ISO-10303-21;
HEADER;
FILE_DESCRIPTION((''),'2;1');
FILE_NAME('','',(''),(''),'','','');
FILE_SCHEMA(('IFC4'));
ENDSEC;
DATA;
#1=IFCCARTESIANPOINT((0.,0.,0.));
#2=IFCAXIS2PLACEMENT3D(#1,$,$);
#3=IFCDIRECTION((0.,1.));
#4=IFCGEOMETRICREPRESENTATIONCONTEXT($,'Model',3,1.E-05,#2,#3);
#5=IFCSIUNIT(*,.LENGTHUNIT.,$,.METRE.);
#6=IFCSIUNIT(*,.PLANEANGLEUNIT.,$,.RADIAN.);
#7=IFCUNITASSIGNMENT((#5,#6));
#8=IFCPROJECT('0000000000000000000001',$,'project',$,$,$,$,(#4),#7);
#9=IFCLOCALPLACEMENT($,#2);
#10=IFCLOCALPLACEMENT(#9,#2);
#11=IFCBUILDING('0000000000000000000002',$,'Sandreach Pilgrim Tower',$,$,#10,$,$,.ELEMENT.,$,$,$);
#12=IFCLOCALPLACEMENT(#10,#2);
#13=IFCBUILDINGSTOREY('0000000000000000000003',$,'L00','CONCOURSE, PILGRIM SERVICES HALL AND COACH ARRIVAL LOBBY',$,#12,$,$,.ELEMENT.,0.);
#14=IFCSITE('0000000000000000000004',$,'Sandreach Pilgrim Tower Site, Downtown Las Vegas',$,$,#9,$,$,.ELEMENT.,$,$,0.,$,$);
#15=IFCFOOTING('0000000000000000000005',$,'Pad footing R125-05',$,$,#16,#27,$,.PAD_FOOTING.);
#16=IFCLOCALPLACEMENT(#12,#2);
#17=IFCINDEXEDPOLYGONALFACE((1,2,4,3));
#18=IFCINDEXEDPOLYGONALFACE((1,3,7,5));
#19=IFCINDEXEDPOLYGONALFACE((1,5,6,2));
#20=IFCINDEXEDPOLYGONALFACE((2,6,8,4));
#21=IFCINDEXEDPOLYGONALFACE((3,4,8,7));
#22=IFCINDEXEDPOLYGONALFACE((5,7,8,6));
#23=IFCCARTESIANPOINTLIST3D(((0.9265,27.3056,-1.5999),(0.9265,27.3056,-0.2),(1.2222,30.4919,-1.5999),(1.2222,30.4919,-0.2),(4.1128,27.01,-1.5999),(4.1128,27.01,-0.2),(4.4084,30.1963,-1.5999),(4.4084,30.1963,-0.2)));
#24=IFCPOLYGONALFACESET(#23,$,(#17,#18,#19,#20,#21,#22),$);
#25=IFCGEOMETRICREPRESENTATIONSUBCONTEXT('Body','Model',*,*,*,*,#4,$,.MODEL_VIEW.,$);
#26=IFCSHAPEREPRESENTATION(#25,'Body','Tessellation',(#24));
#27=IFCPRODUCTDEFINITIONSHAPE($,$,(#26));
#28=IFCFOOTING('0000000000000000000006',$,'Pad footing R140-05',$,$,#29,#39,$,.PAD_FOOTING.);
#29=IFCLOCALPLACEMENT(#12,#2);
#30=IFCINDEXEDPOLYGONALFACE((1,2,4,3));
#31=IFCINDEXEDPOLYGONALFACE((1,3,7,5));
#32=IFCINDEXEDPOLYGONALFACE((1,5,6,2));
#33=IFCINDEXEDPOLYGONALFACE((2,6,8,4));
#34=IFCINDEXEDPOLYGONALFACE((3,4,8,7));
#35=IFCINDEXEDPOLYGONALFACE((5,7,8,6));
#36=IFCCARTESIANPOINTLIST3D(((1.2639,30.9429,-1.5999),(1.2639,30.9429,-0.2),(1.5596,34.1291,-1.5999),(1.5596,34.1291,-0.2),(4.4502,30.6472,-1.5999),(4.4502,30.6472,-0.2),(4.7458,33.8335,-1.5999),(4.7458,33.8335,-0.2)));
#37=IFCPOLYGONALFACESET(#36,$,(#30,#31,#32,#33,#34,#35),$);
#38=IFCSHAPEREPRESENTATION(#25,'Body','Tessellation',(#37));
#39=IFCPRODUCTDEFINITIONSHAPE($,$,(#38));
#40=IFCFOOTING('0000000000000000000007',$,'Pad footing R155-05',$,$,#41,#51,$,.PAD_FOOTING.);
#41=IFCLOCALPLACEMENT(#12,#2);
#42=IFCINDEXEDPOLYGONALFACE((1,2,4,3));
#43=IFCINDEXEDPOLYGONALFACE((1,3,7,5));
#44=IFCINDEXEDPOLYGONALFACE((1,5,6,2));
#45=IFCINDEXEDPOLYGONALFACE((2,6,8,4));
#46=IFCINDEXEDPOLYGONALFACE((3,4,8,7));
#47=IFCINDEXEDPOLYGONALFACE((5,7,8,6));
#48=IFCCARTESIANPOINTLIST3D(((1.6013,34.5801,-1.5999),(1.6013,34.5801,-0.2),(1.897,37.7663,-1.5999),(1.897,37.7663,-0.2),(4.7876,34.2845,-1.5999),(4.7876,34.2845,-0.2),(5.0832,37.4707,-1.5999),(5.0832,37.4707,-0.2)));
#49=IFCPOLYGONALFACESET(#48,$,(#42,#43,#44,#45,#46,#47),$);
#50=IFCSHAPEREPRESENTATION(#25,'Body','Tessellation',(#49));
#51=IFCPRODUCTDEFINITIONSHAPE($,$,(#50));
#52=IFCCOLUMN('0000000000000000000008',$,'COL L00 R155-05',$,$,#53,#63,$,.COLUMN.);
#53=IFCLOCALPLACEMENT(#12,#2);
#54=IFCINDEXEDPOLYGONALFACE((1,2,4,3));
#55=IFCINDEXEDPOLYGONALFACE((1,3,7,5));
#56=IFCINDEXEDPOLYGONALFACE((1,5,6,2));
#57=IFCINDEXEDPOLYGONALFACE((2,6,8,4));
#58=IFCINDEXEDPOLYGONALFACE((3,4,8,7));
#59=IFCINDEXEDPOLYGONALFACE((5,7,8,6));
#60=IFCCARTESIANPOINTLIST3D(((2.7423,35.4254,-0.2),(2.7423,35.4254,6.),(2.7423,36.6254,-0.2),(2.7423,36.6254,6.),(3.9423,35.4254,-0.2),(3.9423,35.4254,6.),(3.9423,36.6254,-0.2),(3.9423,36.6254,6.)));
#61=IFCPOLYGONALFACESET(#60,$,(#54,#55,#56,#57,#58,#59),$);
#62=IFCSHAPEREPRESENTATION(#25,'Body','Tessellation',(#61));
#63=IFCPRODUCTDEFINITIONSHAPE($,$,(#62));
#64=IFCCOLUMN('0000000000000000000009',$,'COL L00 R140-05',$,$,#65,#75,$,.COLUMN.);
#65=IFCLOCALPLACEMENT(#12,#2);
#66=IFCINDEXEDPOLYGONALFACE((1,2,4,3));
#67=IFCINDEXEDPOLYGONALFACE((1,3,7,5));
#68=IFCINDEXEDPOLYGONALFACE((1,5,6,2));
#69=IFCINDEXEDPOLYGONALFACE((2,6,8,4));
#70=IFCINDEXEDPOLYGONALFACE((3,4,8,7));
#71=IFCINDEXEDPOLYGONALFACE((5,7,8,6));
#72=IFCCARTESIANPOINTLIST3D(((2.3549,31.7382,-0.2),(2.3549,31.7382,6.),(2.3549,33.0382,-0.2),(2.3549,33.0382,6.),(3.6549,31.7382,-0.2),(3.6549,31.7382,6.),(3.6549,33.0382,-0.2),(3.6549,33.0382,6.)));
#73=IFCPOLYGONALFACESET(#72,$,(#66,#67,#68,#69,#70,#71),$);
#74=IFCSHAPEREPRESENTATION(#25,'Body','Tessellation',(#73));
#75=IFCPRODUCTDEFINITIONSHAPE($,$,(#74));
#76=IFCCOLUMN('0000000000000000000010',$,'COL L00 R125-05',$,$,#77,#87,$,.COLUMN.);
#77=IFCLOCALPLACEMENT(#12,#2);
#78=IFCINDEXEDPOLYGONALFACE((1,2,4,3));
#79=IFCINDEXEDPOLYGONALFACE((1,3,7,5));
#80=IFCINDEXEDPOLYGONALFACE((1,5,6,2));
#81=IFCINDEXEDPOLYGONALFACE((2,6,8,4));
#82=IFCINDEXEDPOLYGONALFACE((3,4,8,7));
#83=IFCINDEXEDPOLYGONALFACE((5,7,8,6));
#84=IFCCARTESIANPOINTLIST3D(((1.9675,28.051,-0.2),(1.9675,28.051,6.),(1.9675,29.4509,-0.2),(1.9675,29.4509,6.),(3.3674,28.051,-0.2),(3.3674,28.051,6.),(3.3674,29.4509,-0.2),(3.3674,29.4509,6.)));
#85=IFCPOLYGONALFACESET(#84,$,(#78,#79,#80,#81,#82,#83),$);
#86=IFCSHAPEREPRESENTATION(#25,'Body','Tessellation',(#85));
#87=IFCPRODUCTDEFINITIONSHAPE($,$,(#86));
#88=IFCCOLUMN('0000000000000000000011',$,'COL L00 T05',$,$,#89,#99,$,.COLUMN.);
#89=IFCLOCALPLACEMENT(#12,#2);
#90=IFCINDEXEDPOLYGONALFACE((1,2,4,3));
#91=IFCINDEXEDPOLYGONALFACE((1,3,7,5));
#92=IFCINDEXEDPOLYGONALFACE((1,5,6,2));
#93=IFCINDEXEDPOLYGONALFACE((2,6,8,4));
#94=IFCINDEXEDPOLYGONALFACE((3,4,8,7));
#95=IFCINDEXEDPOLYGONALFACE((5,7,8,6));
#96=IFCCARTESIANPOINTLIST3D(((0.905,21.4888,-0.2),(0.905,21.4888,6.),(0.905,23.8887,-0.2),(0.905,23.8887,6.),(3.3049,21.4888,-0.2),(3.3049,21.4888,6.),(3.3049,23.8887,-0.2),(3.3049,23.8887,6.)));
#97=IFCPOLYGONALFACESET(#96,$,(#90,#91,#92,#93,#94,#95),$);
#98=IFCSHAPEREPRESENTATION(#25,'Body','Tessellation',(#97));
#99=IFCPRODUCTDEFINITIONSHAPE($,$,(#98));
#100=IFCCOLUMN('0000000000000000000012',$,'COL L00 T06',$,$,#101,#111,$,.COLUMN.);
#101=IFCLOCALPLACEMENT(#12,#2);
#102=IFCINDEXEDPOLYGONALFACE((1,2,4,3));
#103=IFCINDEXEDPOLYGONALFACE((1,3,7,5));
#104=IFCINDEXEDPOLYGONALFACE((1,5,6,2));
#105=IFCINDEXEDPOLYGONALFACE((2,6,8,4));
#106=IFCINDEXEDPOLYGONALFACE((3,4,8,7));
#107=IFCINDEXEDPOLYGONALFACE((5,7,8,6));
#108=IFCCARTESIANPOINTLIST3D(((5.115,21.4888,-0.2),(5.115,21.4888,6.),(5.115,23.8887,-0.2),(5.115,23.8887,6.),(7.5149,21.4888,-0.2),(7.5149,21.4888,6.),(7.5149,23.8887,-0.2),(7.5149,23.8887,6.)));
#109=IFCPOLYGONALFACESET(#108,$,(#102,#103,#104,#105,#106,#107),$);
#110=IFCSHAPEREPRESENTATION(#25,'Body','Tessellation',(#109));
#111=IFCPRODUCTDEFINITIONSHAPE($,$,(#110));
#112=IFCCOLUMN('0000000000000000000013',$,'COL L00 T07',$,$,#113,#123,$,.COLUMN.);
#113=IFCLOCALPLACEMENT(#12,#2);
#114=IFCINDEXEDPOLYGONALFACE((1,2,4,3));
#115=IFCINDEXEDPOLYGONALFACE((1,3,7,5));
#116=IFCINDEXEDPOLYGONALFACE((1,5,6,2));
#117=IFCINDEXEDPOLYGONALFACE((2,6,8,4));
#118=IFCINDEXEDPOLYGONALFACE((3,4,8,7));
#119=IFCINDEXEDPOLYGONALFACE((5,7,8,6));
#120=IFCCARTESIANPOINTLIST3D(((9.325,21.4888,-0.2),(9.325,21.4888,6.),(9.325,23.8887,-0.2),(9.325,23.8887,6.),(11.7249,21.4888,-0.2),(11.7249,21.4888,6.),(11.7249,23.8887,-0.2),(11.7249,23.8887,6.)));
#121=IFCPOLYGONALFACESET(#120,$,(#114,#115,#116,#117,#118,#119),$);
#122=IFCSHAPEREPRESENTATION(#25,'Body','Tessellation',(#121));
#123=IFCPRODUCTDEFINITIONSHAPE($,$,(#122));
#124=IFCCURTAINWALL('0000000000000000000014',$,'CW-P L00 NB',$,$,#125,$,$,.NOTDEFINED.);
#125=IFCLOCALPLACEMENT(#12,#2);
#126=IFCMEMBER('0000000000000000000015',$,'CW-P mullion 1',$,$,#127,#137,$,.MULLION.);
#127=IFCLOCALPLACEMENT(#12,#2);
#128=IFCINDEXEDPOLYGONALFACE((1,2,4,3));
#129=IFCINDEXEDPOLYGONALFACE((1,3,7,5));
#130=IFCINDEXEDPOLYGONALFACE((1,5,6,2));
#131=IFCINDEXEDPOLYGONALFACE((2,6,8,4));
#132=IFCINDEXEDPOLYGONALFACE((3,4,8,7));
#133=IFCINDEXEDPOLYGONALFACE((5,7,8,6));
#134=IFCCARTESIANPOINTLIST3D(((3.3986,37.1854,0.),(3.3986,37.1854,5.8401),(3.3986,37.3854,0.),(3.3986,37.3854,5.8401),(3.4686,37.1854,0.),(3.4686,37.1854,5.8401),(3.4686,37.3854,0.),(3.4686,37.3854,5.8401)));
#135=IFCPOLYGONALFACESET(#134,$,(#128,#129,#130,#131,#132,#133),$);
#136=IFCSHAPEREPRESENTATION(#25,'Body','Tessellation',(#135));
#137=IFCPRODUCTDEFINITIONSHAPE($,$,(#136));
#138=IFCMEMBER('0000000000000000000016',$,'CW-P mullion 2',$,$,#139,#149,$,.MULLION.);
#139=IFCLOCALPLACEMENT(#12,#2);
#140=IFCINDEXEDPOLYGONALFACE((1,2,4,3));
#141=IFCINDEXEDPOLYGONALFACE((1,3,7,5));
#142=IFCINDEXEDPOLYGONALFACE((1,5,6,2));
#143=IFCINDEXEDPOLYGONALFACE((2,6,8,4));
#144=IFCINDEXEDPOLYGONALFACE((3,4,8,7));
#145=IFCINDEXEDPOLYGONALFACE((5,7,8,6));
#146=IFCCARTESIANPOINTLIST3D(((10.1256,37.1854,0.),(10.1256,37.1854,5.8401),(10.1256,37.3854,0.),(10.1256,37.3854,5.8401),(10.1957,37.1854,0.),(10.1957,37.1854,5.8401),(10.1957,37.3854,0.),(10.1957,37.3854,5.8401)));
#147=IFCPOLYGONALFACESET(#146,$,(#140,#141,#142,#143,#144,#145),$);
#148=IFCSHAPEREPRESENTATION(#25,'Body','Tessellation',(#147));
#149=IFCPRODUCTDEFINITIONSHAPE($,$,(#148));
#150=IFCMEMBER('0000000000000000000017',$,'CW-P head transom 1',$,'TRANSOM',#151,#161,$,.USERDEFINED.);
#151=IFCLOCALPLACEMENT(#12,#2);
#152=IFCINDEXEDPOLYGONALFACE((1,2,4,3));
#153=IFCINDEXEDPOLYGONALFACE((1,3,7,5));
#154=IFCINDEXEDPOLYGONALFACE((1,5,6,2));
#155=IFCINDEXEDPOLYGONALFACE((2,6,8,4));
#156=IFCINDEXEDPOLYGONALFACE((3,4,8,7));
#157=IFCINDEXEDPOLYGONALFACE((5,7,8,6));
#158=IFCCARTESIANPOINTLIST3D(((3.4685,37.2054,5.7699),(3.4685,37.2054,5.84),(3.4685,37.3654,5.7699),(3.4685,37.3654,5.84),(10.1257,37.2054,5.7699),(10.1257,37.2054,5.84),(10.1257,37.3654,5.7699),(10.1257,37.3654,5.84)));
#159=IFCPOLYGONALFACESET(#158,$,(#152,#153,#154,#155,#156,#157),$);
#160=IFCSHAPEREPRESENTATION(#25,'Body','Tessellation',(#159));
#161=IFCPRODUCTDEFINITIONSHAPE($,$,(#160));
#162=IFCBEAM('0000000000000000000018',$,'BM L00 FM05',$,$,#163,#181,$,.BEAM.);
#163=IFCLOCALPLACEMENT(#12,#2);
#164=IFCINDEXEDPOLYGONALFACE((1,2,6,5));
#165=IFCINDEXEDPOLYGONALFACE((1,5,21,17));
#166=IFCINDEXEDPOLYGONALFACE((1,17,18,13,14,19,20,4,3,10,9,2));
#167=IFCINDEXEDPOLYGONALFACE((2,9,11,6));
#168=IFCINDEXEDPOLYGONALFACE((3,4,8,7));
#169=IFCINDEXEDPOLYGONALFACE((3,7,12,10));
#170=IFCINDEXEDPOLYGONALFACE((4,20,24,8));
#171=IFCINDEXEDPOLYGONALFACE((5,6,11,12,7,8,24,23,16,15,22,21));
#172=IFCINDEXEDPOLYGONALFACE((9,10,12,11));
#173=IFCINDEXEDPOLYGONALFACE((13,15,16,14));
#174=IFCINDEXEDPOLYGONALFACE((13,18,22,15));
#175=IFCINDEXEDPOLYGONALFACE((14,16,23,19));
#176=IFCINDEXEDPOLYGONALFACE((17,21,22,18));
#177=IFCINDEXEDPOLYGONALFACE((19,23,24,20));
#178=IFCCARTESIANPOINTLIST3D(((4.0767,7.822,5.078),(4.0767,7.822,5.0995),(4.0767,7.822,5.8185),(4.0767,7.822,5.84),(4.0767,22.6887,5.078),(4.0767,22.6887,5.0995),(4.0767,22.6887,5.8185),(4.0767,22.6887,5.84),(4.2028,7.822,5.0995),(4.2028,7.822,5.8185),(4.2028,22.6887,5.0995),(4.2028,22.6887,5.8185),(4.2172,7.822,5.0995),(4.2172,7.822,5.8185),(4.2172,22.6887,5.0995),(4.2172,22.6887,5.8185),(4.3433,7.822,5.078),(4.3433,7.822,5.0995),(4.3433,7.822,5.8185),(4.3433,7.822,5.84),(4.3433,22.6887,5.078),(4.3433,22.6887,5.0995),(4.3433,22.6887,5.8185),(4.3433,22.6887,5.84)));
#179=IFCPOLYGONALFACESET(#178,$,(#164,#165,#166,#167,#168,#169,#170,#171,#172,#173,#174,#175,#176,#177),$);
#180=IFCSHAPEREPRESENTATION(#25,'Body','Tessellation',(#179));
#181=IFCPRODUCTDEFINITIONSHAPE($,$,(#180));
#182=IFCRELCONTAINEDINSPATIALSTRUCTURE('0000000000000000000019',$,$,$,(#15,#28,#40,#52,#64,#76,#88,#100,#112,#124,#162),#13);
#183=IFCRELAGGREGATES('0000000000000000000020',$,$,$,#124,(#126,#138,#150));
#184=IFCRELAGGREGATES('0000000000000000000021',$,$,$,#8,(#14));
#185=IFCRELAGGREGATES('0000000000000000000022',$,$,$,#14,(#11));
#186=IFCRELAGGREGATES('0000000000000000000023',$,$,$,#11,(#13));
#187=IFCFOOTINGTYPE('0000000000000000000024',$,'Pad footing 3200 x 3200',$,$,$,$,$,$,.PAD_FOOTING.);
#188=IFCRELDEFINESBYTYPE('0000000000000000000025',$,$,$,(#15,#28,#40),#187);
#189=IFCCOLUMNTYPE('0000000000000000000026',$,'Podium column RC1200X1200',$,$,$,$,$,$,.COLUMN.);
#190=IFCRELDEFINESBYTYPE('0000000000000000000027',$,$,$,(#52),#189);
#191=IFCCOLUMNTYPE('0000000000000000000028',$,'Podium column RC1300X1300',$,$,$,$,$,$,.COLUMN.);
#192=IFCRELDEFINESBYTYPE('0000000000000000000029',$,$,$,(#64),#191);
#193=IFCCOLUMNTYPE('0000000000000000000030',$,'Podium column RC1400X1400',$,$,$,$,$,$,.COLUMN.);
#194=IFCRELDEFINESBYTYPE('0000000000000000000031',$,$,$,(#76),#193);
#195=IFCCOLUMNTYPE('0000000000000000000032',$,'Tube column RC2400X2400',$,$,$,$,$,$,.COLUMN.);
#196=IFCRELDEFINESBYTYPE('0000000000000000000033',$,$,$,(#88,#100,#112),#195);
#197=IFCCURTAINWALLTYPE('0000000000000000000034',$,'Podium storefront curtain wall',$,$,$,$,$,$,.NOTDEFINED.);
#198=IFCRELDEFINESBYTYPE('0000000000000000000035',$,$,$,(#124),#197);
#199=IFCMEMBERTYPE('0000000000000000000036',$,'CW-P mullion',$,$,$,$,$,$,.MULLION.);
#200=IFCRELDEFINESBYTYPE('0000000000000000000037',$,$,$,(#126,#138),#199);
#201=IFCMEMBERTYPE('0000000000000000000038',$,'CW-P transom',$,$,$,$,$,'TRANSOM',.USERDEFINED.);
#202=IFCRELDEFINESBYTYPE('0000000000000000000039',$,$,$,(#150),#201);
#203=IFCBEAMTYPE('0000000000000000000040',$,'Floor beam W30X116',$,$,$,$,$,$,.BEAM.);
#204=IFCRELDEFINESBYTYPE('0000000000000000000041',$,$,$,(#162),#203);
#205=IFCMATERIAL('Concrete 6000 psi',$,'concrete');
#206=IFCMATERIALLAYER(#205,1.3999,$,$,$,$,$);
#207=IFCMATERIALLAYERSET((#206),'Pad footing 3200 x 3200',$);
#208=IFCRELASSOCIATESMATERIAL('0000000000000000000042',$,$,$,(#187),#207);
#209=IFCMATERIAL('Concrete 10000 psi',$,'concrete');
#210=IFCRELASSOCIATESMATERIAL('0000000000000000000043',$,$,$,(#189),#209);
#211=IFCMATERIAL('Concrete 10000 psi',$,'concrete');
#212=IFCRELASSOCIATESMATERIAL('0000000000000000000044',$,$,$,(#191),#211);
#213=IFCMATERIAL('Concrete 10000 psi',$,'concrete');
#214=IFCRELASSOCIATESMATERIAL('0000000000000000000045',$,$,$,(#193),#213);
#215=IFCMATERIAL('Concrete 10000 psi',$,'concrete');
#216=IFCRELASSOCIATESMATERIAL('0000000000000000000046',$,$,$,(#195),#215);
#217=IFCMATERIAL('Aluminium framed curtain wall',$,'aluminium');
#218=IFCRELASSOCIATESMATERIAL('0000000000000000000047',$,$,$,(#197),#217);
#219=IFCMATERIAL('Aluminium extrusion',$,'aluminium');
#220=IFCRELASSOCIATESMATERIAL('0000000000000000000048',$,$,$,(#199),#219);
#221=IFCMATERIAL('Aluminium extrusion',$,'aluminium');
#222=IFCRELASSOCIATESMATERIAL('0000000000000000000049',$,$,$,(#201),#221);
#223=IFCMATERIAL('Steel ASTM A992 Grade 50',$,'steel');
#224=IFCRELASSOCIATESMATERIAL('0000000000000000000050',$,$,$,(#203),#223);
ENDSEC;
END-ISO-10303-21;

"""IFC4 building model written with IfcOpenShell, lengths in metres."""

from ifc_helpers import new_model, si_unit, direction, frame, origin, origin_2d, place, context, subcontext, project, spatial, rectangle, i_section, extrude, material, layer, layer_set, material_profile, profile_set, type_object, element, aggregate, save


model = new_model("IFC4")

# Units and contexts
model_context = context("Model", 3, precision=1e-05, world=origin(), true_north=direction((0.0, 1.0)))
body_context = subcontext(model_context, "Body", "Model", "MODEL_VIEW")
ifc_project = project(units=[si_unit("LENGTHUNIT", "METRE"), si_unit("PLANEANGLEUNIT", "RADIAN")], contexts=[model_context])

# Site, building, storey
site_placement = place(None, origin())
site = spatial("IfcSite", under=ifc_project, at=site_placement, Name="Sandreach Pilgrim Tower Site, Downtown Las Vegas", CompositionType="ELEMENT", RefElevation=0.0)
building_placement = place(site_placement, origin())
building = spatial("IfcBuilding", under=site, at=building_placement, Name="Sandreach Pilgrim Tower", CompositionType="ELEMENT")
storey_placement = place(building_placement, origin())
storey = spatial("IfcBuildingStorey", under=building, at=storey_placement, Name="L00", Description="CONCOURSE, PILGRIM SERVICES HALL AND COACH ARRIVAL LOBBY", CompositionType="ELEMENT", Elevation=0.0)

# Footings
ifc_material_1 = material(Name="Concrete 6000 psi", Category="concrete")
ifc_layer_1 = layer(ifc_material_1, 1.3999)
ifc_layer_set_1 = layer_set([ifc_layer_1], Name="Pad footing 3200 x 3200")
footing_type = type_object("IfcFootingType", Name="Pad footing 3200 x 3200", PredefinedType="PAD_FOOTING", material=ifc_layer_set_1)
for number, where, z_axis, x_axis, name in (
    (1, (2.6675, 28.751, -1.5999), (0.0, 0.0, 1.0), (0.092379, 0.995724, 0.0), "Pad footing R125-05"),
    (2, (3.0049, 32.3882, -1.5999), (0.0, 0.0, 1.0), (0.092379, 0.995724, 0.0), "Pad footing R140-05"),
    (3, (3.3423, 36.0254, -1.5999), (0.0, 0.0, 1.0), (0.092379, 0.995724, 0.0), "Pad footing R155-05"),
):
    element("IfcFooting", number, at=place(storey_placement, frame(where, z_axis=z_axis, x_axis=x_axis)), inside=storey, type_object=footing_type, Name=name, PredefinedType="PAD_FOOTING", context=body_context, shape_type="SweptSolid", body=[
        extrude(rectangle(XDim=3.2, YDim=3.2, at=origin_2d()), origin(), (0.0, 0.0, 1.0), 1.3999),
    ])

# Columns
ifc_material_2 = material(Name="Concrete 10000 psi", Category="concrete")
ifc_material_profile_1 = material_profile(ifc_material_2, rectangle(XDim=1.2, YDim=1.2, at=origin_2d()), Name="RC1200X1200")
ifc_profile_set_1 = profile_set([ifc_material_profile_1], Name="Concrete 10000 psi")
column_type_1 = type_object("IfcColumnType", Name="Podium column RC1200X1200", PredefinedType="COLUMN", material=ifc_profile_set_1)
column_1_placement = place(storey_placement, frame((3.3423, 36.0254, -0.2), z_axis=(0.0, 0.0, 1.0), x_axis=(0.0, 1.0, 0.0)))
element("IfcColumn", 4, at=column_1_placement, inside=storey, type_object=column_type_1, Name="COL L00 R155-05", PredefinedType="COLUMN", context=body_context, shape_type="SweptSolid", body=[
    extrude(rectangle(XDim=1.2, YDim=1.2, at=origin_2d()), origin(), (0.0, 0.0, 1.0), 6.2),
])
ifc_material_3 = material(Name="Concrete 10000 psi", Category="concrete")
ifc_material_profile_2 = material_profile(ifc_material_3, rectangle(XDim=1.3, YDim=1.3, at=origin_2d()), Name="RC1300X1300")
ifc_profile_set_2 = profile_set([ifc_material_profile_2], Name="Concrete 10000 psi")
column_type_2 = type_object("IfcColumnType", Name="Podium column RC1300X1300", PredefinedType="COLUMN", material=ifc_profile_set_2)
column_2_placement = place(storey_placement, frame((3.0049, 32.3882, -0.2), z_axis=(0.0, 0.0, 1.0), x_axis=(0.0, 1.0, 0.0)))
element("IfcColumn", 5, at=column_2_placement, inside=storey, type_object=column_type_2, Name="COL L00 R140-05", PredefinedType="COLUMN", context=body_context, shape_type="SweptSolid", body=[
    extrude(rectangle(XDim=1.3, YDim=1.3, at=origin_2d()), origin(), (0.0, 0.0, 1.0), 6.2),
])
ifc_material_4 = material(Name="Concrete 10000 psi", Category="concrete")
ifc_material_profile_3 = material_profile(ifc_material_4, rectangle(XDim=1.3999, YDim=1.3999, at=origin_2d()), Name="RC1400X1400")
ifc_profile_set_3 = profile_set([ifc_material_profile_3], Name="Concrete 10000 psi")
column_type_3 = type_object("IfcColumnType", Name="Podium column RC1400X1400", PredefinedType="COLUMN", material=ifc_profile_set_3)
column_3_placement = place(storey_placement, frame((2.6675, 28.751, -0.2), z_axis=(0.0, 0.0, 1.0), x_axis=(0.0, 1.0, 0.0)))
element("IfcColumn", 6, at=column_3_placement, inside=storey, type_object=column_type_3, Name="COL L00 R125-05", PredefinedType="COLUMN", context=body_context, shape_type="SweptSolid", body=[
    extrude(rectangle(XDim=1.3999, YDim=1.3999, at=origin_2d()), origin(), (0.0, 0.0, 1.0), 6.2),
])
ifc_material_5 = material(Name="Concrete 10000 psi", Category="concrete")
ifc_material_profile_4 = material_profile(ifc_material_5, rectangle(XDim=2.3999, YDim=2.3999, at=origin_2d()), Name="RC2400X2400")
ifc_profile_set_4 = profile_set([ifc_material_profile_4], Name="Concrete 10000 psi")
column_type_4 = type_object("IfcColumnType", Name="Tube column RC2400X2400", PredefinedType="COLUMN", material=ifc_profile_set_4)
for number, where, z_axis, x_axis, name in (
    (7, (2.105, 22.6887, -0.2), (0.0, 0.0, 1.0), (0.0, 1.0, 0.0), "COL L00 T05"),
    (8, (6.3149, 22.6887, -0.2), (0.0, 0.0, 1.0), (0.0, 1.0, 0.0), "COL L00 T06"),
    (9, (10.5249, 22.6887, -0.2), (0.0, 0.0, 1.0), (0.0, 1.0, 0.0), "COL L00 T07"),
):
    element("IfcColumn", number, at=place(storey_placement, frame(where, z_axis=z_axis, x_axis=x_axis)), inside=storey, type_object=column_type_4, Name=name, PredefinedType="COLUMN", context=body_context, shape_type="SweptSolid", body=[
        extrude(rectangle(XDim=2.3999, YDim=2.3999, at=origin_2d()), origin(), (0.0, 0.0, 1.0), 6.2),
    ])

# Curtain wall, members
ifc_material_6 = material(Name="Aluminium framed curtain wall", Category="aluminium")
curtain_wall_type = type_object("IfcCurtainWallType", Name="Podium storefront curtain wall", PredefinedType="NOTDEFINED", material=ifc_material_6)
curtain_wall_placement = place(storey_placement, origin())
curtain_wall = element("IfcCurtainWall", 10, at=curtain_wall_placement, inside=storey, type_object=curtain_wall_type, Name="CW-P L00 NB", PredefinedType="NOTDEFINED")
ifc_material_7 = material(Name="Aluminium extrusion", Category="aluminium")
ifc_material_profile_5 = material_profile(ifc_material_7, rectangle(XDim=0.0701, YDim=0.2, at=origin_2d()), Name="CW-PM 70X200")
ifc_profile_set_5 = profile_set([ifc_material_profile_5], Name="Aluminium extrusion")
member_type_1 = type_object("IfcMemberType", Name="CW-P mullion", PredefinedType="MULLION", material=ifc_profile_set_5)
member_1_placement = place(storey_placement, frame((3.4336, 37.2854, 0.0), z_axis=(0.0, 0.0, 1.0), x_axis=(1.0, 0.0, 0.0)))
member_1 = element("IfcMember", 11, at=member_1_placement, type_object=member_type_1, Name="CW-P mullion 1", PredefinedType="MULLION", context=body_context, shape_type="SweptSolid", body=[
    extrude(rectangle(XDim=0.0701, YDim=0.2, at=origin_2d()), origin(), (0.0, 0.0, 1.0), 5.8401),
])
member_2_placement = place(storey_placement, frame((10.1606, 37.2854, 0.0), z_axis=(0.0, 0.0, 1.0), x_axis=(1.0, 0.0, 0.0)))
member_2 = element("IfcMember", 12, at=member_2_placement, type_object=member_type_1, Name="CW-P mullion 2", PredefinedType="MULLION", context=body_context, shape_type="SweptSolid", body=[
    extrude(rectangle(XDim=0.0701, YDim=0.2, at=origin_2d()), origin(), (0.0, 0.0, 1.0), 5.8401),
])
ifc_material_8 = material(Name="Aluminium extrusion", Category="aluminium")
ifc_material_profile_6 = material_profile(ifc_material_8, rectangle(XDim=0.1599, YDim=0.0701, at=origin_2d()), Name="CW-PT 160X70")
ifc_profile_set_6 = profile_set([ifc_material_profile_6], Name="Aluminium extrusion")
member_type_2 = type_object("IfcMemberType", Name="CW-P transom", ElementType="TRANSOM", PredefinedType="USERDEFINED", material=ifc_profile_set_6)
member_3_placement = place(storey_placement, frame((3.4685, 37.2854, 5.8049), z_axis=(1.0, 0.0, 0.0), x_axis=(0.0, 1.0, 0.0)))
member_3 = element("IfcMember", 13, at=member_3_placement, type_object=member_type_2, Name="CW-P head transom 1", ObjectType="TRANSOM", PredefinedType="USERDEFINED", context=body_context, shape_type="SweptSolid", body=[
    extrude(rectangle(XDim=0.1599, YDim=0.0701, at=origin_2d()), origin(), (0.0, 0.0, 1.0), 6.6572),
])

# Beam
ifc_material_9 = material(Name="Steel ASTM A992 Grade 50", Category="steel")
ifc_material_profile_7 = material_profile(ifc_material_9, i_section(OverallWidth=0.2666, OverallDepth=0.762, WebThickness=0.0144, FlangeThickness=0.0215, at=origin_2d()), Name="W30X116")
ifc_profile_set_7 = profile_set([ifc_material_profile_7], Name="Steel ASTM A992 Grade 50")
beam_type_1 = type_object("IfcBeamType", Name="Floor beam W30X116", PredefinedType="BEAM", material=ifc_profile_set_7)
beam_1_placement = place(storey_placement, frame((4.21, 22.6887, 5.459), z_axis=(0.0, -1.0, 0.0), x_axis=(1.0, 0.0, 0.0)))
element("IfcBeam", 14, at=beam_1_placement, inside=storey, type_object=beam_type_1, Name="BM L00 FM05", PredefinedType="BEAM", context=body_context, shape_type="SweptSolid", body=[
    extrude(i_section(OverallWidth=0.2666, OverallDepth=0.762, WebThickness=0.0144, FlangeThickness=0.0215, at=origin_2d()), origin(), (0.0, 0.0, 1.0), 14.8667),
])

aggregate(curtain_wall, [member_1, member_2, member_3])

save(model, "model.ifc")
